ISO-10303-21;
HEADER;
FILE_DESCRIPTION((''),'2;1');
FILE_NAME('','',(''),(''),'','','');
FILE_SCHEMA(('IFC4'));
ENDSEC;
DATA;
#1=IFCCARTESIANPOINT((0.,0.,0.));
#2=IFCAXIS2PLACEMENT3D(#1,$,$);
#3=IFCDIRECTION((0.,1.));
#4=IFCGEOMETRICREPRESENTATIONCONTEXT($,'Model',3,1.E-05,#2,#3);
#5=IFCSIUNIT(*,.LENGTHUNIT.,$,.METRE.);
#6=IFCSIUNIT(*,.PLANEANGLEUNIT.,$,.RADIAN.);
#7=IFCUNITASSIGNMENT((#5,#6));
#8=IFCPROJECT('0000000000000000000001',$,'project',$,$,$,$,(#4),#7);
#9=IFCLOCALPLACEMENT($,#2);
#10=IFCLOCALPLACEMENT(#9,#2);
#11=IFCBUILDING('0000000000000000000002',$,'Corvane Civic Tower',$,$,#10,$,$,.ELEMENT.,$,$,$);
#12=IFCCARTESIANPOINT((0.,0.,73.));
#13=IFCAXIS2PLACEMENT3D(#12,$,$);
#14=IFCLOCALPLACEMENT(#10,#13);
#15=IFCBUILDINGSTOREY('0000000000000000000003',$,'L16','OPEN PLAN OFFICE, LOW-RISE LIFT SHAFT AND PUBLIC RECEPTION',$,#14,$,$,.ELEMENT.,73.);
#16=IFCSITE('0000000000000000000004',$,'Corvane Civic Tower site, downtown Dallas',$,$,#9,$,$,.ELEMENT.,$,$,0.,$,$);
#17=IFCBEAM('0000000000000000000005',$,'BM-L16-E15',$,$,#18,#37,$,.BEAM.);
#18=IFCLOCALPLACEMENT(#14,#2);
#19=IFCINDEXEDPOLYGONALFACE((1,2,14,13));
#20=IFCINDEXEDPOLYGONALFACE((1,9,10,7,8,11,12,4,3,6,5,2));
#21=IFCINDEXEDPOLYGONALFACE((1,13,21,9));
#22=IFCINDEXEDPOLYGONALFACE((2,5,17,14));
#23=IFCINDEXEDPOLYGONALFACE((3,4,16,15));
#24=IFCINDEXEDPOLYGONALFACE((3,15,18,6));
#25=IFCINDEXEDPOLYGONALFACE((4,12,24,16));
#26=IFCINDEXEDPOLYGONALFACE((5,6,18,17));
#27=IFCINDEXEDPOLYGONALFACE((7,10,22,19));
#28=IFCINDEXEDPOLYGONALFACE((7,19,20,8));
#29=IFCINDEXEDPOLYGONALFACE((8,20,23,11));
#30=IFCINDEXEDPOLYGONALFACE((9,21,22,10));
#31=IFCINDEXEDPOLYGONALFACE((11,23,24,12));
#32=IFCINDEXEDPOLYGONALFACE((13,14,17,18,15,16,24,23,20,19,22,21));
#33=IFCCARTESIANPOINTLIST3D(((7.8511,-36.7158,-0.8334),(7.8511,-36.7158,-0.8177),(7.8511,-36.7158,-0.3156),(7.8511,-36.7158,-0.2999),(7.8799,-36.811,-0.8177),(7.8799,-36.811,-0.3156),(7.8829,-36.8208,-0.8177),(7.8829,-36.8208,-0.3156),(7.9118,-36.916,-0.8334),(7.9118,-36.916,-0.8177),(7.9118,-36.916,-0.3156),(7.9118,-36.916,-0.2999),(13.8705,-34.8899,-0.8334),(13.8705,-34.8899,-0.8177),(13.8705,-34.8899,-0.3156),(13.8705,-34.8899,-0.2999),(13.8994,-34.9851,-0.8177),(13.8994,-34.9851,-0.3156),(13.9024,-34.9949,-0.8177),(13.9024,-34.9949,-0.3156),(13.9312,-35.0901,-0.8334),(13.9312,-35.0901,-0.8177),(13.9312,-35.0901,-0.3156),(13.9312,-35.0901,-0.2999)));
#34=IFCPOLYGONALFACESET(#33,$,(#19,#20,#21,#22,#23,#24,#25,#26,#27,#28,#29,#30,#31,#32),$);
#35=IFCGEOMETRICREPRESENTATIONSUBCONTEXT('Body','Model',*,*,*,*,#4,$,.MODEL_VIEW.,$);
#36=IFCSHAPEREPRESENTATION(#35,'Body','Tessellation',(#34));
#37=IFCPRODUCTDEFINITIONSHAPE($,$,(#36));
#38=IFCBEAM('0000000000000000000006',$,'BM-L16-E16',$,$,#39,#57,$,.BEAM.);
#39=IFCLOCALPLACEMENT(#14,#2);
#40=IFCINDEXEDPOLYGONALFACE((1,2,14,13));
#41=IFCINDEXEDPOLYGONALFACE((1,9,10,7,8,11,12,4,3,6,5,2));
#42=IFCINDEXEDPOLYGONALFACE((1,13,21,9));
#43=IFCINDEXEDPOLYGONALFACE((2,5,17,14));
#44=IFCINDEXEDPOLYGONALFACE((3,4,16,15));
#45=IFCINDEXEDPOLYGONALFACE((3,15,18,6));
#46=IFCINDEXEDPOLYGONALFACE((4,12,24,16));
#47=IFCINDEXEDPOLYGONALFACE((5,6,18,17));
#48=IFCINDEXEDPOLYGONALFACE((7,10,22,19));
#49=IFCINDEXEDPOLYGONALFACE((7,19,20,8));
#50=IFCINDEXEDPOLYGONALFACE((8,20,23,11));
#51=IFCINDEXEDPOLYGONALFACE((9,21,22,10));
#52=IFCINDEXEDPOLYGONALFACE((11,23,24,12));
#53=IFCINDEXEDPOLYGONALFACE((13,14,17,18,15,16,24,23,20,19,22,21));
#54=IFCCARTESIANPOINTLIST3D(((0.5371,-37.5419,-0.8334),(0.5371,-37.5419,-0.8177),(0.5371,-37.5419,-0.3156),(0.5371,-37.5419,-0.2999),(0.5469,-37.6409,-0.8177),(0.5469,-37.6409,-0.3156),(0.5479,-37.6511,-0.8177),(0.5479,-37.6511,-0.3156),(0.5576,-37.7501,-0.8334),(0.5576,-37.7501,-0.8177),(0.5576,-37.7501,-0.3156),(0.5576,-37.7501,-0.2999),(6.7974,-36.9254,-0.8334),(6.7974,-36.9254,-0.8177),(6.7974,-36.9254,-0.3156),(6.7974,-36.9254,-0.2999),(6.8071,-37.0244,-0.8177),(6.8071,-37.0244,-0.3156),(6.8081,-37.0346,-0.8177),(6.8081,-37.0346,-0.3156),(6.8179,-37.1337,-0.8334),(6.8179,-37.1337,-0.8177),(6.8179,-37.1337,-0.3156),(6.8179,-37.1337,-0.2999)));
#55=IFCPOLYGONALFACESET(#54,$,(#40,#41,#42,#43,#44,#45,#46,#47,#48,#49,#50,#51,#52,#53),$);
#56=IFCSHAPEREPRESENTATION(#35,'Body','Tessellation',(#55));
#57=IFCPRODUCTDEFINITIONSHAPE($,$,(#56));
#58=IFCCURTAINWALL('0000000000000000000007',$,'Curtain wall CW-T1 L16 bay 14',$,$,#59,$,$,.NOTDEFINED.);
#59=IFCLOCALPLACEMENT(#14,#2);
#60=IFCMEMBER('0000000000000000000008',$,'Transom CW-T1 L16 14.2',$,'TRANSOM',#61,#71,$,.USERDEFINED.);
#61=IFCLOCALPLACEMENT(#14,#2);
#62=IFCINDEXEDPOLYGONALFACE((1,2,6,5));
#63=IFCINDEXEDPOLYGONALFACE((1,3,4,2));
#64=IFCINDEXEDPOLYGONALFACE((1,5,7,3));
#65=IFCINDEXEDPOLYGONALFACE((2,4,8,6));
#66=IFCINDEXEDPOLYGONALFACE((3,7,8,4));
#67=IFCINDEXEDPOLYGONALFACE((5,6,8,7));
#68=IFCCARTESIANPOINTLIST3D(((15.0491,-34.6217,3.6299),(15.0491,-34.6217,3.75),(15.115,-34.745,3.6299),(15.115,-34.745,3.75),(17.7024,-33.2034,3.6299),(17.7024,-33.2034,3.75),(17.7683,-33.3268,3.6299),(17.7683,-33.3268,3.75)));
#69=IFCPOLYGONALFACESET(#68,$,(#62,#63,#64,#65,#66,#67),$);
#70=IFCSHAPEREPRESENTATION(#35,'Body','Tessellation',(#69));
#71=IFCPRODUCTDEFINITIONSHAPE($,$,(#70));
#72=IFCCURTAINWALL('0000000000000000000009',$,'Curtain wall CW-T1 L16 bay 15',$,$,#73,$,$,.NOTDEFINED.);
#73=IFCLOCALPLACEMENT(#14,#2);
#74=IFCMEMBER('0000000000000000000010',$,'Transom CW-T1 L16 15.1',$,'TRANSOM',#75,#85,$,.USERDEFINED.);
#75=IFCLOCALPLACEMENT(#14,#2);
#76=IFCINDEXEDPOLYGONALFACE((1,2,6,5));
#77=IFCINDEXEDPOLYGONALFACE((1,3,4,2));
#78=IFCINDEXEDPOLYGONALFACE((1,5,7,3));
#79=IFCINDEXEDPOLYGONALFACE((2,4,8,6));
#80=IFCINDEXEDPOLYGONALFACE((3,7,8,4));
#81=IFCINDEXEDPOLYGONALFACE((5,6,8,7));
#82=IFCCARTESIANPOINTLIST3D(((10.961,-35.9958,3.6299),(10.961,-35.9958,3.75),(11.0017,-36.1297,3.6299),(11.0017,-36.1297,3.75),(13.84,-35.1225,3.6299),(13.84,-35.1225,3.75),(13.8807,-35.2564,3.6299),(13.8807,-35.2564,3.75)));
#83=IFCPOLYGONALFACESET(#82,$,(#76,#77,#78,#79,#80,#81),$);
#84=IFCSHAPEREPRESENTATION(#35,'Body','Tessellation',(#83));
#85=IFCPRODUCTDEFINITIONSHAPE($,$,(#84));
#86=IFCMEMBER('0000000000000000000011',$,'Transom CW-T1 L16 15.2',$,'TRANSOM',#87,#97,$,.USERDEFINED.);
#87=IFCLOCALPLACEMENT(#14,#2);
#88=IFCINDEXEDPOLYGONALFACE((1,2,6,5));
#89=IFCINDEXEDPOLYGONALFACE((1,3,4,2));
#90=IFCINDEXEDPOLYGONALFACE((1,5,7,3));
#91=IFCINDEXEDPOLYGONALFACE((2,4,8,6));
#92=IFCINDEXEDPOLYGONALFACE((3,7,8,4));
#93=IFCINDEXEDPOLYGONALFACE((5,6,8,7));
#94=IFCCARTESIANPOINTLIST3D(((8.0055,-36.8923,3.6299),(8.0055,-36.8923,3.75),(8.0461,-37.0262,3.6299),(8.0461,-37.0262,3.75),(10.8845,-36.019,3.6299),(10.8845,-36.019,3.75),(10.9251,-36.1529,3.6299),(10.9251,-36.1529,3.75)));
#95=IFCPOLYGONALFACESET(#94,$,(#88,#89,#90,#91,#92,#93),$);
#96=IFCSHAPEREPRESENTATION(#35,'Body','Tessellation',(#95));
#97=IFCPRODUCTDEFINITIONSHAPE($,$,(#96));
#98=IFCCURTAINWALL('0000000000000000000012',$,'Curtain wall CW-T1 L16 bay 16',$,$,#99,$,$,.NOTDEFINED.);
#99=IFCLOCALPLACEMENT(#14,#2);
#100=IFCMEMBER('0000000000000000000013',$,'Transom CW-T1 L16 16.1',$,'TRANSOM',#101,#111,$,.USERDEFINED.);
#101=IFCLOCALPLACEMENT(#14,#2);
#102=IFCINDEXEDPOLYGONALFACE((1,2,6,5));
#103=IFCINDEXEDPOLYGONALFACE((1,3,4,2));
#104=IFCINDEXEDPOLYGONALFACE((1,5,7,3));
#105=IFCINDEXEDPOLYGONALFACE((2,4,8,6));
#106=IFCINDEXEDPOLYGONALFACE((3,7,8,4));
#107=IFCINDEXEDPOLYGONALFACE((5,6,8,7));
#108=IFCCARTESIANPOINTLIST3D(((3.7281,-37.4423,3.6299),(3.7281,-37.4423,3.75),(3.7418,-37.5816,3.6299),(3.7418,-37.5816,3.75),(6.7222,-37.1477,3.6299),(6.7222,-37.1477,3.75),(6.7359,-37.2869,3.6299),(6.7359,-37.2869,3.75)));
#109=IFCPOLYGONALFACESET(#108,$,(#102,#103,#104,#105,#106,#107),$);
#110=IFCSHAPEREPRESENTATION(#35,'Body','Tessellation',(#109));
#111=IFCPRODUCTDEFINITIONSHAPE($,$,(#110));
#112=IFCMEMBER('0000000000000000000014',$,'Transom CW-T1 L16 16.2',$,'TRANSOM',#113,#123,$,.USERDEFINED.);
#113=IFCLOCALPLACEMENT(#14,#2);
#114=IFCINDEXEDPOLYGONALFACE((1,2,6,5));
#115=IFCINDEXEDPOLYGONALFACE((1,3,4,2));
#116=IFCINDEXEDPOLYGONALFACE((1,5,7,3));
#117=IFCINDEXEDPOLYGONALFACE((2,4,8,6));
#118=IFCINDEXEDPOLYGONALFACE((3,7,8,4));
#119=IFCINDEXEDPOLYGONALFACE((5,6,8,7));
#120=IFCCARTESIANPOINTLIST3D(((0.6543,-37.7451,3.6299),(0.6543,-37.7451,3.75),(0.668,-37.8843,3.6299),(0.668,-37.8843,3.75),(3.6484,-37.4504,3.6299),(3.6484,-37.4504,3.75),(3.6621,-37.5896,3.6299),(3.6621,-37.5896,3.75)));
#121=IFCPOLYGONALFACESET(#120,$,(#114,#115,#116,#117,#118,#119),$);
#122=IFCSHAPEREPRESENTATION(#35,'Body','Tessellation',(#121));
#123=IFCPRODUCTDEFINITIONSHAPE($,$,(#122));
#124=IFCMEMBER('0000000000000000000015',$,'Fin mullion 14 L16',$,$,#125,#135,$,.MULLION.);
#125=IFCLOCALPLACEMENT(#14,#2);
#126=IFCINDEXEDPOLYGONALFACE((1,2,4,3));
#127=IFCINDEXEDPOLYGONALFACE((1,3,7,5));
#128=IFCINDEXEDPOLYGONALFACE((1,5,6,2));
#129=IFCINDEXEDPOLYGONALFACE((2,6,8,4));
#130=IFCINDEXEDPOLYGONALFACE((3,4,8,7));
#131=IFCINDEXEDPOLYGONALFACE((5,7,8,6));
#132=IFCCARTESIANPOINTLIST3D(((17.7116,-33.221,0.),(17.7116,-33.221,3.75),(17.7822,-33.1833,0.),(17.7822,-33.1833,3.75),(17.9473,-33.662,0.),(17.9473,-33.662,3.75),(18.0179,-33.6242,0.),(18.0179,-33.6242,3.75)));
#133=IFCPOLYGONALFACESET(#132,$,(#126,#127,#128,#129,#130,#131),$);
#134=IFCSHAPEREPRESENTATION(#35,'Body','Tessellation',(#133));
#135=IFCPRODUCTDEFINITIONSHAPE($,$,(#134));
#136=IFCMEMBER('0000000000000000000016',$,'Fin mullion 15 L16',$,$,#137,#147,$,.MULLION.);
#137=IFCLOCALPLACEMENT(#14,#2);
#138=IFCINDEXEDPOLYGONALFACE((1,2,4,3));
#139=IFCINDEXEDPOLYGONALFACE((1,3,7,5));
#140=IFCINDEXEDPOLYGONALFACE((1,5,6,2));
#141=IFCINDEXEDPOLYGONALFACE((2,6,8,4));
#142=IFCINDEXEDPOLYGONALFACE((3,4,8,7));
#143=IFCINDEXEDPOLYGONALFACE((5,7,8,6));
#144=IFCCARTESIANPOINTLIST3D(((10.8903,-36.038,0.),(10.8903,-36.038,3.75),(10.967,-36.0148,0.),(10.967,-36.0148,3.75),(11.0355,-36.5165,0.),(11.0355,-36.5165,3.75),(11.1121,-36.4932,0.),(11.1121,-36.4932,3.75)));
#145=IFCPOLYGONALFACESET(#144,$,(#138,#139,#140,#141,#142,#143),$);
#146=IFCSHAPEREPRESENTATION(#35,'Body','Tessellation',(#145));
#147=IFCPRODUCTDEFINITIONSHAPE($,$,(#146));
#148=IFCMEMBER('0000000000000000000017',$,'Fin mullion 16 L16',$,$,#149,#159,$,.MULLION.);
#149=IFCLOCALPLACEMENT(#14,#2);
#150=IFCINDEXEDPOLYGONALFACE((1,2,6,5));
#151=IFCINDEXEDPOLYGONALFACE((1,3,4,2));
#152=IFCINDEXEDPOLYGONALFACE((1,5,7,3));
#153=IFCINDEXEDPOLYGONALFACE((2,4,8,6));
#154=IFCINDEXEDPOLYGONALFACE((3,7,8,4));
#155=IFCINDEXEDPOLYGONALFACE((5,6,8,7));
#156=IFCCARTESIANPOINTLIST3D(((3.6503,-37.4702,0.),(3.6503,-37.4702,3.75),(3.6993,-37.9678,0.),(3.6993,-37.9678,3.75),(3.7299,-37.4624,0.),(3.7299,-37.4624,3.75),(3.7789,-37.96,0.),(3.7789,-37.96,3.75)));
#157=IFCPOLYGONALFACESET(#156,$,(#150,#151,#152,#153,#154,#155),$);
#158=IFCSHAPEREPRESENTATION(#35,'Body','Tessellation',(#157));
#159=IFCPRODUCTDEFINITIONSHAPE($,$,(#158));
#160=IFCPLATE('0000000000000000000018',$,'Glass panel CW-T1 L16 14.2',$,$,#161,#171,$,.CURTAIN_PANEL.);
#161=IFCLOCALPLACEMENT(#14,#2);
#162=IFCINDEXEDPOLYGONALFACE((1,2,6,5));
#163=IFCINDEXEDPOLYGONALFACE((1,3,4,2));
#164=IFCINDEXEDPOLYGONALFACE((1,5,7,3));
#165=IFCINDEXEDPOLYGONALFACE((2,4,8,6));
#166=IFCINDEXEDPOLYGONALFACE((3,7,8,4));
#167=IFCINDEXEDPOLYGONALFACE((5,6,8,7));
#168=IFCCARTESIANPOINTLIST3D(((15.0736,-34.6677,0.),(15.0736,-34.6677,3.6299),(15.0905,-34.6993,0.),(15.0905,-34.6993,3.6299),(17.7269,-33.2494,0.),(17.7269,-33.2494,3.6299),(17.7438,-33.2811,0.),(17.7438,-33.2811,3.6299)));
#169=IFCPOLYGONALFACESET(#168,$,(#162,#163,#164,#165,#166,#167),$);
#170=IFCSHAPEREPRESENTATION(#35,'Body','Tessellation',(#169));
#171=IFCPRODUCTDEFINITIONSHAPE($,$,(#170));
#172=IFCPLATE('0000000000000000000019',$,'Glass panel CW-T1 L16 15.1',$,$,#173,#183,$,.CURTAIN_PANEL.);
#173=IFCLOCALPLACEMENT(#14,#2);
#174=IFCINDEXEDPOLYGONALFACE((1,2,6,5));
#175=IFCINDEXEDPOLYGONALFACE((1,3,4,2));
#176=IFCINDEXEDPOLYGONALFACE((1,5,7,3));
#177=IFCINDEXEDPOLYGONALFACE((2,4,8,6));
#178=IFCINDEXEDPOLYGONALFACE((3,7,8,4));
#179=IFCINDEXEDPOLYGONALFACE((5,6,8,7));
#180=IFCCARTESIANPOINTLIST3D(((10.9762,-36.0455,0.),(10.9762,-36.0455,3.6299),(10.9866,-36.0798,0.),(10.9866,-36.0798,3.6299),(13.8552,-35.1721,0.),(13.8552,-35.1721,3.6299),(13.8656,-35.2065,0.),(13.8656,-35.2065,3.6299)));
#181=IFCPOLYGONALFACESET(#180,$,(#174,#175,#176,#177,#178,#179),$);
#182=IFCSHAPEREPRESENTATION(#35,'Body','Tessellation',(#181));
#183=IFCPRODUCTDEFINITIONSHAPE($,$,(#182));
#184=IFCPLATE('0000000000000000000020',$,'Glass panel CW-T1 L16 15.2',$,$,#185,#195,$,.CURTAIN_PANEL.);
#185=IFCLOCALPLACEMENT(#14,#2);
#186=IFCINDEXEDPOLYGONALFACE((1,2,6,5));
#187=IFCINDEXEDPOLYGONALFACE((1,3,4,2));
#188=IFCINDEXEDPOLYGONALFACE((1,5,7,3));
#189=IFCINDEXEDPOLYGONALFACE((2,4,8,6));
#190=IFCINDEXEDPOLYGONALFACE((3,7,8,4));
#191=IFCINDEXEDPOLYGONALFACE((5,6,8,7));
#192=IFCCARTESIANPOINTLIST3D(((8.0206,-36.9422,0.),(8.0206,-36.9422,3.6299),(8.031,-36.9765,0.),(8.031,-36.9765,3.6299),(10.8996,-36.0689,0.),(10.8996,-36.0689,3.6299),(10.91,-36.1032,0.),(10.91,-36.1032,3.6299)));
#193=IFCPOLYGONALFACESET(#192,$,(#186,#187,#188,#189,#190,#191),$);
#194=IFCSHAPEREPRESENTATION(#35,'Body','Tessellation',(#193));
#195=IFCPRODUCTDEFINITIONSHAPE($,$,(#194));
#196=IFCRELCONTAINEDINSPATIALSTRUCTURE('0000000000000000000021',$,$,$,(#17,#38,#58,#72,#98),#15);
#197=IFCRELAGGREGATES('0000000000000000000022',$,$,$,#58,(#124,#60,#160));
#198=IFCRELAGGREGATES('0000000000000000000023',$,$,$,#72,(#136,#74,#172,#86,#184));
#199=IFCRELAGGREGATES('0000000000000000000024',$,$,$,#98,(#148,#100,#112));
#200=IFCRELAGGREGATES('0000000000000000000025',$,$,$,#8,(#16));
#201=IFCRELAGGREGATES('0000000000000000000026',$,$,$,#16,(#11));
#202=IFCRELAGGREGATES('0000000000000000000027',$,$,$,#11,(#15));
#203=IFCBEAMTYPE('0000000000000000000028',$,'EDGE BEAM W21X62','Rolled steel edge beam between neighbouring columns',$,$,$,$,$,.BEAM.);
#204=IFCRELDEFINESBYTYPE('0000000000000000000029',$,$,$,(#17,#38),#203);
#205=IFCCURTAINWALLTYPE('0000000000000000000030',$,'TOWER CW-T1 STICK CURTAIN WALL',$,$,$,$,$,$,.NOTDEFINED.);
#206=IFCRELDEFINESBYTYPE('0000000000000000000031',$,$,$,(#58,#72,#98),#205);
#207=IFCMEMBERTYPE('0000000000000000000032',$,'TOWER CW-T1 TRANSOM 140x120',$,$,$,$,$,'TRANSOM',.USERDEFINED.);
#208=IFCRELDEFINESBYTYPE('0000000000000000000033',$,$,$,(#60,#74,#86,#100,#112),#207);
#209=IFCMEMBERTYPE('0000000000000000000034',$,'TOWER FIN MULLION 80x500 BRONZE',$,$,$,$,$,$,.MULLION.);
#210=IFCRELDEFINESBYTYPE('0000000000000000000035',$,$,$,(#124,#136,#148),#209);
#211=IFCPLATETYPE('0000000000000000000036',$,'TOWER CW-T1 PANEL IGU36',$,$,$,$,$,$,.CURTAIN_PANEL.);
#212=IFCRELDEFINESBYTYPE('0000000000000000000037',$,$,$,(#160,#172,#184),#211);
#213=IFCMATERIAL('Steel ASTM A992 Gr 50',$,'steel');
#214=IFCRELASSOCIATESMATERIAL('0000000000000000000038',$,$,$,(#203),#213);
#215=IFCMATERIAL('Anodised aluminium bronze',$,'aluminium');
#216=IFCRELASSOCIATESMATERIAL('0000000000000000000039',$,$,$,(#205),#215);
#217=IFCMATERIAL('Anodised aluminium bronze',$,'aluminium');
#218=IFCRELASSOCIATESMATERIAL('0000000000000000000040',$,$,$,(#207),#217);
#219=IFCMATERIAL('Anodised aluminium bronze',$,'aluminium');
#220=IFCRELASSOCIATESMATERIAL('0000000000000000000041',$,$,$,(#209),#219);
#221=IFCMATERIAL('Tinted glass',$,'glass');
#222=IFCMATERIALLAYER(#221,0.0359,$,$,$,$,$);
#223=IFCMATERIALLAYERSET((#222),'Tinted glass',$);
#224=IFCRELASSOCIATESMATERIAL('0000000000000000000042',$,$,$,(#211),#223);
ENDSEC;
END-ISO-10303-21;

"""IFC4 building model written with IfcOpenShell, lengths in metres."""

from ifc_helpers import new_model, si_unit, direction, frame, origin, origin_2d, place, context, subcontext, project, spatial, rectangle, i_section, extrude, material, layer, layer_set, material_profile, profile_set, type_object, element, aggregate, save


model = new_model("IFC4")

# Units and contexts
model_context = context("Model", 3, precision=1e-05, world=origin(), true_north=direction((0.0, 1.0)))
body_context = subcontext(model_context, "Body", "Model", "MODEL_VIEW")
ifc_project = project(units=[si_unit("LENGTHUNIT", "METRE"), si_unit("PLANEANGLEUNIT", "RADIAN")], contexts=[model_context])

# Site, building, storey
site_placement = place(None, origin())
site = spatial("IfcSite", under=ifc_project, at=site_placement, Name="Corvane Civic Tower site, downtown Dallas", CompositionType="ELEMENT", RefElevation=0.0)
building_placement = place(site_placement, origin())
building = spatial("IfcBuilding", under=site, at=building_placement, Name="Corvane Civic Tower", CompositionType="ELEMENT")
storey_placement = place(building_placement, frame((0.0, 0.0, 73.0)))
storey = spatial("IfcBuildingStorey", under=building, at=storey_placement, Name="L16", Description="OPEN PLAN OFFICE, LOW-RISE LIFT SHAFT AND PUBLIC RECEPTION", CompositionType="ELEMENT", Elevation=73.0)

# Beams
ifc_material_1 = material(Name="Steel ASTM A992 Gr 50", Category="steel")
ifc_material_profile_1 = material_profile(ifc_material_1, i_section(OverallWidth=0.2092, OverallDepth=0.5334, WebThickness=0.0103, FlangeThickness=0.0156, at=origin_2d()), Name="W21X62")
ifc_profile_set_1 = profile_set([ifc_material_profile_1], Name="Steel ASTM A992 Gr 50")
beam_type = type_object("IfcBeamType", Name="EDGE BEAM W21X62", Description="Rolled steel edge beam between neighbouring columns", PredefinedType="BEAM", material=ifc_profile_set_1)
beam_1_placement = place(storey_placement, frame((13.9009, -34.99, -0.5667), z_axis=(-0.956944, -0.290273, 0.0), x_axis=(0.290273, -0.956944, 0.0)))
element("IfcBeam", 1, at=beam_1_placement, inside=storey, type_object=beam_type, Name="BM-L16-E15", PredefinedType="BEAM", context=body_context, shape_type="SweptSolid", body=[
    extrude(i_section(OverallWidth=0.2092, OverallDepth=0.5334, WebThickness=0.0103, FlangeThickness=0.0156, at=origin_2d()), origin(), (0.0, 0.0, 1.0), 6.2903),
])
beam_2_placement = place(storey_placement, frame((6.8076, -37.0295, -0.5667), z_axis=(-0.995187, -0.097997, 0.0), x_axis=(0.097997, -0.995187, 0.0)))
element("IfcBeam", 2, at=beam_2_placement, inside=storey, type_object=beam_type, Name="BM-L16-E16", PredefinedType="BEAM", context=body_context, shape_type="SweptSolid", body=[
    extrude(i_section(OverallWidth=0.2092, OverallDepth=0.5334, WebThickness=0.0103, FlangeThickness=0.0156, at=origin_2d()), origin(), (0.0, 0.0, 1.0), 6.2905),
])

# Curtain wall, member
ifc_material_2 = material(Name="Anodised aluminium bronze", Category="aluminium")
curtain_wall_type = type_object("IfcCurtainWallType", Name="TOWER CW-T1 STICK CURTAIN WALL", PredefinedType="NOTDEFINED", material=ifc_material_2)
curtain_wall_1_placement = place(storey_placement, origin())
curtain_wall_1 = element("IfcCurtainWall", 3, at=curtain_wall_1_placement, inside=storey, type_object=curtain_wall_type, Name="Curtain wall CW-T1 L16 bay 14", PredefinedType="NOTDEFINED")
ifc_material_3 = material(Name="Anodised aluminium bronze", Category="aluminium")
ifc_material_profile_2 = material_profile(ifc_material_3, rectangle(XDim=0.1399, YDim=0.1201, at=origin_2d()), Name="TOWER CW-T1 TRANSOM 140x120")
ifc_profile_set_2 = profile_set([ifc_material_profile_2], Name="Anodised aluminium bronze")
member_type_1 = type_object("IfcMemberType", Name="TOWER CW-T1 TRANSOM 140x120", ElementType="TRANSOM", PredefinedType="USERDEFINED", material=ifc_profile_set_2)
member_1_placement = place(storey_placement, frame((17.7354, -33.2651, 3.6899), z_axis=(-0.881924, -0.471393, 0.0), x_axis=(0.471393, -0.881924, 0.0)))
member_1 = element("IfcMember", 4, at=member_1_placement, type_object=member_type_1, Name="Transom CW-T1 L16 14.2", ObjectType="TRANSOM", PredefinedType="USERDEFINED", context=body_context, shape_type="SweptSolid", body=[
    extrude(rectangle(XDim=0.1399, YDim=0.1201, at=origin_2d()), origin(), (0.0, 0.0, 1.0), 3.0085),
])

# Curtain walls, members
curtain_wall_2_placement = place(storey_placement, origin())
curtain_wall_2 = element("IfcCurtainWall", 5, at=curtain_wall_2_placement, inside=storey, type_object=curtain_wall_type, Name="Curtain wall CW-T1 L16 bay 15", PredefinedType="NOTDEFINED")
member_2_placement = place(storey_placement, frame((13.8604, -35.1895, 3.6899), z_axis=(-0.956942, -0.29028, 0.0), x_axis=(0.29028, -0.956942, 0.0)))
member_2 = element("IfcMember", 6, at=member_2_placement, type_object=member_type_1, Name="Transom CW-T1 L16 15.1", ObjectType="TRANSOM", PredefinedType="USERDEFINED", context=body_context, shape_type="SweptSolid", body=[
    extrude(rectangle(XDim=0.1399, YDim=0.1201, at=origin_2d()), origin(), (0.0, 0.0, 1.0), 3.0085),
])
member_3_placement = place(storey_placement, frame((10.9048, -36.0859, 3.6899), z_axis=(-0.956942, -0.29028, 0.0), x_axis=(0.29028, -0.956942, 0.0)))
member_3 = element("IfcMember", 7, at=member_3_placement, type_object=member_type_1, Name="Transom CW-T1 L16 15.2", ObjectType="TRANSOM", PredefinedType="USERDEFINED", context=body_context, shape_type="SweptSolid", body=[
    extrude(rectangle(XDim=0.1399, YDim=0.1201, at=origin_2d()), origin(), (0.0, 0.0, 1.0), 3.0085),
])
curtain_wall_3_placement = place(storey_placement, origin())
curtain_wall_3 = element("IfcCurtainWall", 8, at=curtain_wall_3_placement, inside=storey, type_object=curtain_wall_type, Name="Curtain wall CW-T1 L16 bay 16", PredefinedType="NOTDEFINED")
member_4_placement = place(storey_placement, frame((6.729, -37.2173, 3.6899), z_axis=(-0.995192, -0.097945, 0.0), x_axis=(0.097945, -0.995192, 0.0)))
member_4 = element("IfcMember", 9, at=member_4_placement, type_object=member_type_1, Name="Transom CW-T1 L16 16.1", ObjectType="TRANSOM", PredefinedType="USERDEFINED", context=body_context, shape_type="SweptSolid", body=[
    extrude(rectangle(XDim=0.1399, YDim=0.1201, at=origin_2d()), origin(), (0.0, 0.0, 1.0), 3.0085),
])
member_5_placement = place(storey_placement, frame((3.6553, -37.52, 3.6899), z_axis=(-0.995192, -0.097945, 0.0), x_axis=(0.097945, -0.995192, 0.0)))
member_5 = element("IfcMember", 10, at=member_5_placement, type_object=member_type_1, Name="Transom CW-T1 L16 16.2", ObjectType="TRANSOM", PredefinedType="USERDEFINED", context=body_context, shape_type="SweptSolid", body=[
    extrude(rectangle(XDim=0.1399, YDim=0.1201, at=origin_2d()), origin(), (0.0, 0.0, 1.0), 3.0085),
])

# Members
ifc_material_4 = material(Name="Anodised aluminium bronze", Category="aluminium")
ifc_material_profile_3 = material_profile(ifc_material_4, rectangle(XDim=0.0801, YDim=0.5, at=origin_2d()), Name="TOWER FIN MULLION 80x500 BRONZE")
ifc_profile_set_3 = profile_set([ifc_material_profile_3], Name="Anodised aluminium bronze")
member_type_2 = type_object("IfcMemberType", Name="TOWER FIN MULLION 80x500 BRONZE", PredefinedType="MULLION", material=ifc_profile_set_3)
member_6_placement = place(storey_placement, frame((17.8647, -33.4226, 0.0), z_axis=(0.0, 0.0, 1.0), x_axis=(-0.881918, -0.471404, 0.0)))
member_6 = element("IfcMember", 11, at=member_6_placement, type_object=member_type_2, Name="Fin mullion 14 L16", PredefinedType="MULLION", context=body_context, shape_type="SweptSolid", body=[
    extrude(rectangle(XDim=0.0801, YDim=0.5, at=origin_2d()), origin(), (0.0, 0.0, 1.0), 3.75),
])
member_7_placement = place(storey_placement, frame((11.0012, -36.2656, 0.0), z_axis=(0.0, 0.0, 1.0), x_axis=(-0.956942, -0.290278, 0.0)))
member_7 = element("IfcMember", 12, at=member_7_placement, type_object=member_type_2, Name="Fin mullion 15 L16", PredefinedType="MULLION", context=body_context, shape_type="SweptSolid", body=[
    extrude(rectangle(XDim=0.0801, YDim=0.5, at=origin_2d()), origin(), (0.0, 0.0, 1.0), 3.75),
])
member_8_placement = place(storey_placement, frame((3.7146, -37.7151, 0.0), z_axis=(0.0, 0.0, 1.0), x_axis=(-0.995186, -0.098006, 0.0)))
member_8 = element("IfcMember", 13, at=member_8_placement, type_object=member_type_2, Name="Fin mullion 16 L16", PredefinedType="MULLION", context=body_context, shape_type="SweptSolid", body=[
    extrude(rectangle(XDim=0.0801, YDim=0.5, at=origin_2d()), origin(), (0.0, 0.0, 1.0), 3.75),
])

# Plates
ifc_material_5 = material(Name="Tinted glass", Category="glass")
ifc_layer_1 = layer(ifc_material_5, 0.0359)
ifc_layer_set_1 = layer_set([ifc_layer_1], Name="Tinted glass")
plate_type = type_object("IfcPlateType", Name="TOWER CW-T1 PANEL IGU36", PredefinedType="CURTAIN_PANEL", material=ifc_layer_set_1)
plate_1_placement = place(storey_placement, frame((16.4087, -33.9744, 0.0), z_axis=(0.0, 0.0, 1.0), x_axis=(-0.881918, -0.471404, 0.0)))
plate_1 = element("IfcPlate", 14, at=plate_1_placement, type_object=plate_type, Name="Glass panel CW-T1 L16 14.2", PredefinedType="CURTAIN_PANEL", context=body_context, shape_type="SweptSolid", body=[
    extrude(rectangle(XDim=3.0085, YDim=0.0359, at=origin_2d()), origin(), (0.0, 0.0, 1.0), 3.6299),
])
aggregate(curtain_wall_1, [member_6, member_1, plate_1])
plate_2_placement = place(storey_placement, frame((12.4209, -35.626, 0.0), z_axis=(0.0, 0.0, 1.0), x_axis=(-0.956942, -0.290278, 0.0)))
plate_2 = element("IfcPlate", 15, at=plate_2_placement, type_object=plate_type, Name="Glass panel CW-T1 L16 15.1", PredefinedType="CURTAIN_PANEL", context=body_context, shape_type="SweptSolid", body=[
    extrude(rectangle(XDim=3.0085, YDim=0.0359, at=origin_2d()), origin(), (0.0, 0.0, 1.0), 3.6299),
])
plate_3_placement = place(storey_placement, frame((9.4653, -36.5227, 0.0), z_axis=(0.0, 0.0, 1.0), x_axis=(-0.956942, -0.290278, 0.0)))
plate_3 = element("IfcPlate", 16, at=plate_3_placement, type_object=plate_type, Name="Glass panel CW-T1 L16 15.2", PredefinedType="CURTAIN_PANEL", context=body_context, shape_type="SweptSolid", body=[
    extrude(rectangle(XDim=3.0085, YDim=0.0359, at=origin_2d()), origin(), (0.0, 0.0, 1.0), 3.6299),
])
aggregate(curtain_wall_2, [member_7, member_2, plate_2, member_3, plate_3])
aggregate(curtain_wall_3, [member_8, member_4, member_5])

save(model, "model.ifc")
